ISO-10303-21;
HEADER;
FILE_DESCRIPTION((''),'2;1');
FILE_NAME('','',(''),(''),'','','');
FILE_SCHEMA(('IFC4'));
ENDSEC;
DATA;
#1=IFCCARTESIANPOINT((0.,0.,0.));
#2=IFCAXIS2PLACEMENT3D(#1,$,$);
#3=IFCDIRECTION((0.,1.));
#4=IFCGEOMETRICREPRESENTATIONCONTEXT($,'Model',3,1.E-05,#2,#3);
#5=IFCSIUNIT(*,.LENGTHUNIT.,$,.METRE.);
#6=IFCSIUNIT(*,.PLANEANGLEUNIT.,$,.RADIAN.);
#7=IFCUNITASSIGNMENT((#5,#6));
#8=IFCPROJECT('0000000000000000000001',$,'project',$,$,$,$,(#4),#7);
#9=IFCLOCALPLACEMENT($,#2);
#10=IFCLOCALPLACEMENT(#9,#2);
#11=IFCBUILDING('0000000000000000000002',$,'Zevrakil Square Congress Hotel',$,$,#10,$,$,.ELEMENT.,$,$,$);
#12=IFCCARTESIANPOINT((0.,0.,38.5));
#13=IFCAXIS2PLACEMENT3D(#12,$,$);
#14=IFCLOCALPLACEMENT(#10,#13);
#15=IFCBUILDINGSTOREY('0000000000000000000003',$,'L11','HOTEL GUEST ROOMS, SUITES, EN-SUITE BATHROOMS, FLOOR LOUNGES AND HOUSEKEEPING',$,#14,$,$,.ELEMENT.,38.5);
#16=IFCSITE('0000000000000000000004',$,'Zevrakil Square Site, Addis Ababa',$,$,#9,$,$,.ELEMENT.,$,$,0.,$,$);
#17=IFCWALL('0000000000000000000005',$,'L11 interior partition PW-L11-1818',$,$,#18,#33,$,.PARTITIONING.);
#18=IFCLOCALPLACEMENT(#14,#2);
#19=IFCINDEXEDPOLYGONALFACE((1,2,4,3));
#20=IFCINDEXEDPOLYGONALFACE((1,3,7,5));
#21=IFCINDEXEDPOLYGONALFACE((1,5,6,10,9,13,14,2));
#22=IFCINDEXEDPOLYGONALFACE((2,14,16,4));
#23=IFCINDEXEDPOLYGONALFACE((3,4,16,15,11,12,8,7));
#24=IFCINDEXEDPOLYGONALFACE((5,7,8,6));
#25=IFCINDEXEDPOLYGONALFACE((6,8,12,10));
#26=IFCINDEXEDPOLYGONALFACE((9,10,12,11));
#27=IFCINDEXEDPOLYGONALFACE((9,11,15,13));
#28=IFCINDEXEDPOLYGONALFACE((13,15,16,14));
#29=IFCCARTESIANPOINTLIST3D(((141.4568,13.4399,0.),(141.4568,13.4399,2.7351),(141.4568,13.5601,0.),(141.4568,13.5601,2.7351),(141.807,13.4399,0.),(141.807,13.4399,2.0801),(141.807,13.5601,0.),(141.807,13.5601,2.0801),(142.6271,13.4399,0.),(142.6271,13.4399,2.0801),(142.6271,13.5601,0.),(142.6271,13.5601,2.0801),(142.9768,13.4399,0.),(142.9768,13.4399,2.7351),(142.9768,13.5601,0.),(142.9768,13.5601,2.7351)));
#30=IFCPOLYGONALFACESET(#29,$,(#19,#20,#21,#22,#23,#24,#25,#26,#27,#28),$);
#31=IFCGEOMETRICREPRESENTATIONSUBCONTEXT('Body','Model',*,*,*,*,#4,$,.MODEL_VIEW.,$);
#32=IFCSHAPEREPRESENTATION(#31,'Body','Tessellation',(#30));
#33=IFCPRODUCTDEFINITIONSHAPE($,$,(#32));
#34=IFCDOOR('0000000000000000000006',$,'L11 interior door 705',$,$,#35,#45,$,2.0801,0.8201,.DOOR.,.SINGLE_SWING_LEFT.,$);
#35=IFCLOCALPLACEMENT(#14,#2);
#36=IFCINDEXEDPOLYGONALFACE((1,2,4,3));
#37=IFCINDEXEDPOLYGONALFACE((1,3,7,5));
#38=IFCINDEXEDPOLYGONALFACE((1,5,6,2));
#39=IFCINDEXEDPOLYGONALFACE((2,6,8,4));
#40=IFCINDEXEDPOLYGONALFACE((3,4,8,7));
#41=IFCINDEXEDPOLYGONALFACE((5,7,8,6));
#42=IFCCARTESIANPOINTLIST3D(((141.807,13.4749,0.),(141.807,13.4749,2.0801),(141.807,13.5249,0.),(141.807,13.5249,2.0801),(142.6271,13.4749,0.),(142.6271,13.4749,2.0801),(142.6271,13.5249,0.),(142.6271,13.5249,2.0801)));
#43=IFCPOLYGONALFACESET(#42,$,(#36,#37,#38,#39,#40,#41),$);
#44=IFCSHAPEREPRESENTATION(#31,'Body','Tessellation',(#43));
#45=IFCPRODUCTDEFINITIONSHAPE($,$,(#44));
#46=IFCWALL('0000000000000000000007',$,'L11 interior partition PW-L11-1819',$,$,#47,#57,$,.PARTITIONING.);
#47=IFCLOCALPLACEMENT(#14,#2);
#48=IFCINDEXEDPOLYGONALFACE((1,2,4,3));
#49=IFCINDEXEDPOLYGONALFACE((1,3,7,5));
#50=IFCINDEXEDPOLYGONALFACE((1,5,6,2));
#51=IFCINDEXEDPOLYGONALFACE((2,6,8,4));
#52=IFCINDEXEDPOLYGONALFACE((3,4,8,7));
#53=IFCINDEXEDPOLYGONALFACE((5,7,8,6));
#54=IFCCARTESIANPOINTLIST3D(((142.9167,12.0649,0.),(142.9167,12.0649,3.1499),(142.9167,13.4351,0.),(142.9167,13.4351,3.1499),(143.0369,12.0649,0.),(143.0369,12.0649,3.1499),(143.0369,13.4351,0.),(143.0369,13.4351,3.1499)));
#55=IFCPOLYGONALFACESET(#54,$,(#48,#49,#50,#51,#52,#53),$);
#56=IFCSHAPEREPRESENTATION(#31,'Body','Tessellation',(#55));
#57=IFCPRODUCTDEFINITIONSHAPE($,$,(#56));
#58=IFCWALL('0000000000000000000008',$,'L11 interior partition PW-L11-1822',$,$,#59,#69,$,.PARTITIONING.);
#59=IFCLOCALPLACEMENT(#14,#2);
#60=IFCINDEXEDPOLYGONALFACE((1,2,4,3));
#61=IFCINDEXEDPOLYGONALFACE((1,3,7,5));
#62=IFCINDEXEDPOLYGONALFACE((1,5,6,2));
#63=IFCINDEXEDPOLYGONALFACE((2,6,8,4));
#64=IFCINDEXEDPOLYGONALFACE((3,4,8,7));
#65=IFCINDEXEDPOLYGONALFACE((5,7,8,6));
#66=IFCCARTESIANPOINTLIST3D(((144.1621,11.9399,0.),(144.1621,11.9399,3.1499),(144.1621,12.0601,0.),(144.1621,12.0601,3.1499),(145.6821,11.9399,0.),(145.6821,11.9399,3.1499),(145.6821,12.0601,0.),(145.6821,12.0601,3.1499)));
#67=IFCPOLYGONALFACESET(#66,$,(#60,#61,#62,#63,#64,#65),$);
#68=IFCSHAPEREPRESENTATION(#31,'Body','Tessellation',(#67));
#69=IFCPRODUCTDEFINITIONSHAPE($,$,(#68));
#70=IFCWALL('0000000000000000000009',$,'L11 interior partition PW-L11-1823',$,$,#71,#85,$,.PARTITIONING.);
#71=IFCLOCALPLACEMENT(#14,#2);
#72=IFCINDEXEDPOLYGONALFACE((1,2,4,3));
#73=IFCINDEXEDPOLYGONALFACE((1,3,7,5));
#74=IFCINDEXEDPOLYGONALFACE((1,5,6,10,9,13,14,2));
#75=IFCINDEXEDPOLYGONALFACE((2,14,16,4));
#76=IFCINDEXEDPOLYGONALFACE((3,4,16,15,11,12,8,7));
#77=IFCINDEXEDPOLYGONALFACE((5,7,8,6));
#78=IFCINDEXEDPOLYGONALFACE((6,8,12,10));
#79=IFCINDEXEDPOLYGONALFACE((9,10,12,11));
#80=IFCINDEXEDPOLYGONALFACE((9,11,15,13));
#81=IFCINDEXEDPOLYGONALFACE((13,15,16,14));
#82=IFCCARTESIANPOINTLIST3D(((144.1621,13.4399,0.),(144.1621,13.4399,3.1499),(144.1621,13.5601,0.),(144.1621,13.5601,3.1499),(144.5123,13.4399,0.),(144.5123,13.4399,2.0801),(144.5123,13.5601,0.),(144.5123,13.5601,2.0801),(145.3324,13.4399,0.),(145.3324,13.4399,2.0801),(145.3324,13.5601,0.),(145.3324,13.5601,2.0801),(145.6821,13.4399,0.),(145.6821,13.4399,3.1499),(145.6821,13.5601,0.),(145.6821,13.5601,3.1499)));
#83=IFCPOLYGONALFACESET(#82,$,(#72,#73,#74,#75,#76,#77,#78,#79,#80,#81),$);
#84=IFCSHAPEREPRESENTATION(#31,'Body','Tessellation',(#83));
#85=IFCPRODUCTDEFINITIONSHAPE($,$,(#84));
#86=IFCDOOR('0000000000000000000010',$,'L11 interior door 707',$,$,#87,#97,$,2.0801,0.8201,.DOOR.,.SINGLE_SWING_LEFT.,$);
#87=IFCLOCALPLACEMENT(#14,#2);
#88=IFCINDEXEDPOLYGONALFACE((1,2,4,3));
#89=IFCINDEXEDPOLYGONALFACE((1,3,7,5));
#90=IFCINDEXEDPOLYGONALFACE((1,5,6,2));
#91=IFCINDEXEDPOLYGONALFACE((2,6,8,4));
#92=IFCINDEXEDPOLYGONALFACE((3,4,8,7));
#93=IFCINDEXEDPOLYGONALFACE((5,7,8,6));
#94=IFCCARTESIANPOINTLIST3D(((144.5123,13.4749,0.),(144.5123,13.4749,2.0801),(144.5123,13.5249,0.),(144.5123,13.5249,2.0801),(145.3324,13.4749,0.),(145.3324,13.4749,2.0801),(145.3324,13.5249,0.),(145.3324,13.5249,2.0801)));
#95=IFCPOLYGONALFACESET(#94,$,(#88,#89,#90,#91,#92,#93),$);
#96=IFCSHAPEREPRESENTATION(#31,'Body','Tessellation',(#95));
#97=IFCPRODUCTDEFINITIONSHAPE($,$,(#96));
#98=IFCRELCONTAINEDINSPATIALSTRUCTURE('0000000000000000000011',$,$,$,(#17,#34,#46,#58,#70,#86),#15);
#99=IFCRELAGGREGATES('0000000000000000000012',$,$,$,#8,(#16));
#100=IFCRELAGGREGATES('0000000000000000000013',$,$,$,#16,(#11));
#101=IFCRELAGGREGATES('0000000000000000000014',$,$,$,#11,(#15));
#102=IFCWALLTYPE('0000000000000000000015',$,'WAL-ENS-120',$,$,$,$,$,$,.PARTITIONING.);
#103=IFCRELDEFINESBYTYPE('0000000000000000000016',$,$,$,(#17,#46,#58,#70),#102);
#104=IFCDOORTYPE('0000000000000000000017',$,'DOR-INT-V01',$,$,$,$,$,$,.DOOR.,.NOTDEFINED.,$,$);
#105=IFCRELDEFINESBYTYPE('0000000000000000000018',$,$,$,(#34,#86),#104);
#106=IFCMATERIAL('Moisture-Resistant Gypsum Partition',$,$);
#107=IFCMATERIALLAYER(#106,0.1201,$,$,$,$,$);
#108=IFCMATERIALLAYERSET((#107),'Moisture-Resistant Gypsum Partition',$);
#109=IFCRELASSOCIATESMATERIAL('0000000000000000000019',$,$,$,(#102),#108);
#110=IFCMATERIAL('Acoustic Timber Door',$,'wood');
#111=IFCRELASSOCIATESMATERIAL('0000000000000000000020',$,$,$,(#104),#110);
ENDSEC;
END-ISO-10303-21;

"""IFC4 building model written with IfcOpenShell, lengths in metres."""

from ifc_helpers import new_model, si_unit, direction, frame, frame_2d, origin, place, context, subcontext, project, spatial, rectangle, extrude, material, layer, layer_set, type_object, element, fill, save


model = new_model("IFC4")

# Units and contexts
model_context = context("Model", 3, precision=1e-05, world=origin(), true_north=direction((0.0, 1.0)))
body_context = subcontext(model_context, "Body", "Model", "MODEL_VIEW")
ifc_project = project(units=[si_unit("LENGTHUNIT", "METRE"), si_unit("PLANEANGLEUNIT", "RADIAN")], contexts=[model_context])

# Site, building, storey
site_placement = place(None, origin())
site = spatial("IfcSite", under=ifc_project, at=site_placement, Name="Zevrakil Square Site, Addis Ababa", CompositionType="ELEMENT", RefElevation=0.0)
building_placement = place(site_placement, origin())
building = spatial("IfcBuilding", under=site, at=building_placement, Name="Zevrakil Square Congress Hotel", CompositionType="ELEMENT")
storey_placement = place(building_placement, frame((0.0, 0.0, 38.5)))
storey = spatial("IfcBuildingStorey", under=building, at=storey_placement, Name="L11", Description="HOTEL GUEST ROOMS, SUITES, EN-SUITE BATHROOMS, FLOOR LOUNGES AND HOUSEKEEPING", CompositionType="ELEMENT", Elevation=38.5)

# Shared definitions
ifc_material_1 = material(Name="Moisture-Resistant Gypsum Partition")
ifc_layer_1 = layer(ifc_material_1, 0.1201)
ifc_layer_set_1 = layer_set([ifc_layer_1], Name="Moisture-Resistant Gypsum Partition")
wall_type_1 = type_object("IfcWallType", Name="WAL-ENS-120", PredefinedType="PARTITIONING", material=ifc_layer_set_1)

# Shared definitions
ifc_material_2 = material(Name="Acoustic Timber Door", Category="wood")
door_type_1 = type_object("IfcDoorType", Name="DOR-INT-V01", OperationType="NOTDEFINED", PredefinedType="DOOR", material=ifc_material_2)

# Wall, opening, door
wall_1_placement = place(storey_placement, frame((141.4568, 13.5, 0.0), z_axis=(0.0, 0.0, 1.0), x_axis=(1.0, 0.0, 0.0)))
wall_1 = element("IfcWall", 1, at=wall_1_placement, inside=storey, type_object=wall_type_1, Name="L11 interior partition PW-L11-1818", PredefinedType="PARTITIONING", context=body_context, shape_type="SweptSolid", body=[
    extrude(rectangle(XDim=1.52, YDim=0.1201, at=frame_2d((0.76, 0.0))), origin(), (0.0, 0.0, 1.0), 2.7351),
])
opening_1_placement = place(wall_1_placement, frame((0.3501, 0.0, 0.0)))
opening_1 = element("IfcOpeningElement", 2, at=opening_1_placement, cuts=wall_1, PredefinedType="OPENING", context=body_context, shape_type="SweptSolid", body=[
    extrude(rectangle(XDim=0.8201, YDim=2.0801, at=frame_2d((0.4102, 1.04))), frame((0.0, 0.0701, 0.0), z_axis=(0.0, -1.0, 0.0), x_axis=(1.0, 0.0, 0.0)), (0.0, 0.0, 1.0), 0.1401),
])
door_1_placement = place(opening_1_placement, origin())
door_1 = element("IfcDoor", 3, at=door_1_placement, inside=storey, type_object=door_type_1, Name="L11 interior door 705", OperationType="SINGLE_SWING_LEFT", OverallHeight=2.0801, OverallWidth=0.8201, PredefinedType="DOOR", context=body_context, shape_type="SweptSolid", body=[
    extrude(rectangle(XDim=0.8201, YDim=2.0801, at=frame_2d((0.4102, 1.04))), frame((0.0, 0.0249, 0.0), z_axis=(0.0, -1.0, 0.0), x_axis=(1.0, 0.0, 0.0)), (0.0, 0.0, 1.0), 0.05),
])
fill(opening_1, door_1)

# Walls
wall_2_placement = place(storey_placement, frame((142.9768, 12.0649, 0.0), z_axis=(0.0, 0.0, 1.0), x_axis=(0.0, 1.0, 0.0)))
element("IfcWall", 4, at=wall_2_placement, inside=storey, type_object=wall_type_1, Name="L11 interior partition PW-L11-1819", PredefinedType="PARTITIONING", context=body_context, shape_type="SweptSolid", body=[
    extrude(rectangle(XDim=1.3701, YDim=0.1201, at=frame_2d((0.6851, 0.0))), origin(), (0.0, 0.0, 1.0), 3.1499),
])
wall_3_placement = place(storey_placement, frame((144.1621, 12.0, 0.0), z_axis=(0.0, 0.0, 1.0), x_axis=(1.0, 0.0, 0.0)))
element("IfcWall", 5, at=wall_3_placement, inside=storey, type_object=wall_type_1, Name="L11 interior partition PW-L11-1822", PredefinedType="PARTITIONING", context=body_context, shape_type="SweptSolid", body=[
    extrude(rectangle(XDim=1.52, YDim=0.1201, at=frame_2d((0.76, 0.0))), origin(), (0.0, 0.0, 1.0), 3.1499),
])

# Wall, opening, door
wall_4_placement = place(storey_placement, frame((144.1621, 13.5, 0.0), z_axis=(0.0, 0.0, 1.0), x_axis=(1.0, 0.0, 0.0)))
wall_4 = element("IfcWall", 6, at=wall_4_placement, inside=storey, type_object=wall_type_1, Name="L11 interior partition PW-L11-1823", PredefinedType="PARTITIONING", context=body_context, shape_type="SweptSolid", body=[
    extrude(rectangle(XDim=1.52, YDim=0.1201, at=frame_2d((0.76, 0.0))), origin(), (0.0, 0.0, 1.0), 3.1499),
])
opening_2_placement = place(wall_4_placement, frame((0.3501, 0.0, 0.0)))
opening_2 = element("IfcOpeningElement", 7, at=opening_2_placement, cuts=wall_4, PredefinedType="OPENING", context=body_context, shape_type="SweptSolid", body=[
    extrude(rectangle(XDim=0.8201, YDim=2.0801, at=frame_2d((0.4102, 1.04))), frame((0.0, 0.0701, 0.0), z_axis=(0.0, -1.0, 0.0), x_axis=(1.0, 0.0, 0.0)), (0.0, 0.0, 1.0), 0.1401),
])
door_2_placement = place(opening_2_placement, origin())
door_2 = element("IfcDoor", 8, at=door_2_placement, inside=storey, type_object=door_type_1, Name="L11 interior door 707", OperationType="SINGLE_SWING_LEFT", OverallHeight=2.0801, OverallWidth=0.8201, PredefinedType="DOOR", context=body_context, shape_type="SweptSolid", body=[
    extrude(rectangle(XDim=0.8201, YDim=2.0801, at=frame_2d((0.4102, 1.04))), frame((0.0, 0.0249, 0.0), z_axis=(0.0, -1.0, 0.0), x_axis=(1.0, 0.0, 0.0)), (0.0, 0.0, 1.0), 0.05),
])
fill(opening_2, door_2)

save(model, "model.ifc")
